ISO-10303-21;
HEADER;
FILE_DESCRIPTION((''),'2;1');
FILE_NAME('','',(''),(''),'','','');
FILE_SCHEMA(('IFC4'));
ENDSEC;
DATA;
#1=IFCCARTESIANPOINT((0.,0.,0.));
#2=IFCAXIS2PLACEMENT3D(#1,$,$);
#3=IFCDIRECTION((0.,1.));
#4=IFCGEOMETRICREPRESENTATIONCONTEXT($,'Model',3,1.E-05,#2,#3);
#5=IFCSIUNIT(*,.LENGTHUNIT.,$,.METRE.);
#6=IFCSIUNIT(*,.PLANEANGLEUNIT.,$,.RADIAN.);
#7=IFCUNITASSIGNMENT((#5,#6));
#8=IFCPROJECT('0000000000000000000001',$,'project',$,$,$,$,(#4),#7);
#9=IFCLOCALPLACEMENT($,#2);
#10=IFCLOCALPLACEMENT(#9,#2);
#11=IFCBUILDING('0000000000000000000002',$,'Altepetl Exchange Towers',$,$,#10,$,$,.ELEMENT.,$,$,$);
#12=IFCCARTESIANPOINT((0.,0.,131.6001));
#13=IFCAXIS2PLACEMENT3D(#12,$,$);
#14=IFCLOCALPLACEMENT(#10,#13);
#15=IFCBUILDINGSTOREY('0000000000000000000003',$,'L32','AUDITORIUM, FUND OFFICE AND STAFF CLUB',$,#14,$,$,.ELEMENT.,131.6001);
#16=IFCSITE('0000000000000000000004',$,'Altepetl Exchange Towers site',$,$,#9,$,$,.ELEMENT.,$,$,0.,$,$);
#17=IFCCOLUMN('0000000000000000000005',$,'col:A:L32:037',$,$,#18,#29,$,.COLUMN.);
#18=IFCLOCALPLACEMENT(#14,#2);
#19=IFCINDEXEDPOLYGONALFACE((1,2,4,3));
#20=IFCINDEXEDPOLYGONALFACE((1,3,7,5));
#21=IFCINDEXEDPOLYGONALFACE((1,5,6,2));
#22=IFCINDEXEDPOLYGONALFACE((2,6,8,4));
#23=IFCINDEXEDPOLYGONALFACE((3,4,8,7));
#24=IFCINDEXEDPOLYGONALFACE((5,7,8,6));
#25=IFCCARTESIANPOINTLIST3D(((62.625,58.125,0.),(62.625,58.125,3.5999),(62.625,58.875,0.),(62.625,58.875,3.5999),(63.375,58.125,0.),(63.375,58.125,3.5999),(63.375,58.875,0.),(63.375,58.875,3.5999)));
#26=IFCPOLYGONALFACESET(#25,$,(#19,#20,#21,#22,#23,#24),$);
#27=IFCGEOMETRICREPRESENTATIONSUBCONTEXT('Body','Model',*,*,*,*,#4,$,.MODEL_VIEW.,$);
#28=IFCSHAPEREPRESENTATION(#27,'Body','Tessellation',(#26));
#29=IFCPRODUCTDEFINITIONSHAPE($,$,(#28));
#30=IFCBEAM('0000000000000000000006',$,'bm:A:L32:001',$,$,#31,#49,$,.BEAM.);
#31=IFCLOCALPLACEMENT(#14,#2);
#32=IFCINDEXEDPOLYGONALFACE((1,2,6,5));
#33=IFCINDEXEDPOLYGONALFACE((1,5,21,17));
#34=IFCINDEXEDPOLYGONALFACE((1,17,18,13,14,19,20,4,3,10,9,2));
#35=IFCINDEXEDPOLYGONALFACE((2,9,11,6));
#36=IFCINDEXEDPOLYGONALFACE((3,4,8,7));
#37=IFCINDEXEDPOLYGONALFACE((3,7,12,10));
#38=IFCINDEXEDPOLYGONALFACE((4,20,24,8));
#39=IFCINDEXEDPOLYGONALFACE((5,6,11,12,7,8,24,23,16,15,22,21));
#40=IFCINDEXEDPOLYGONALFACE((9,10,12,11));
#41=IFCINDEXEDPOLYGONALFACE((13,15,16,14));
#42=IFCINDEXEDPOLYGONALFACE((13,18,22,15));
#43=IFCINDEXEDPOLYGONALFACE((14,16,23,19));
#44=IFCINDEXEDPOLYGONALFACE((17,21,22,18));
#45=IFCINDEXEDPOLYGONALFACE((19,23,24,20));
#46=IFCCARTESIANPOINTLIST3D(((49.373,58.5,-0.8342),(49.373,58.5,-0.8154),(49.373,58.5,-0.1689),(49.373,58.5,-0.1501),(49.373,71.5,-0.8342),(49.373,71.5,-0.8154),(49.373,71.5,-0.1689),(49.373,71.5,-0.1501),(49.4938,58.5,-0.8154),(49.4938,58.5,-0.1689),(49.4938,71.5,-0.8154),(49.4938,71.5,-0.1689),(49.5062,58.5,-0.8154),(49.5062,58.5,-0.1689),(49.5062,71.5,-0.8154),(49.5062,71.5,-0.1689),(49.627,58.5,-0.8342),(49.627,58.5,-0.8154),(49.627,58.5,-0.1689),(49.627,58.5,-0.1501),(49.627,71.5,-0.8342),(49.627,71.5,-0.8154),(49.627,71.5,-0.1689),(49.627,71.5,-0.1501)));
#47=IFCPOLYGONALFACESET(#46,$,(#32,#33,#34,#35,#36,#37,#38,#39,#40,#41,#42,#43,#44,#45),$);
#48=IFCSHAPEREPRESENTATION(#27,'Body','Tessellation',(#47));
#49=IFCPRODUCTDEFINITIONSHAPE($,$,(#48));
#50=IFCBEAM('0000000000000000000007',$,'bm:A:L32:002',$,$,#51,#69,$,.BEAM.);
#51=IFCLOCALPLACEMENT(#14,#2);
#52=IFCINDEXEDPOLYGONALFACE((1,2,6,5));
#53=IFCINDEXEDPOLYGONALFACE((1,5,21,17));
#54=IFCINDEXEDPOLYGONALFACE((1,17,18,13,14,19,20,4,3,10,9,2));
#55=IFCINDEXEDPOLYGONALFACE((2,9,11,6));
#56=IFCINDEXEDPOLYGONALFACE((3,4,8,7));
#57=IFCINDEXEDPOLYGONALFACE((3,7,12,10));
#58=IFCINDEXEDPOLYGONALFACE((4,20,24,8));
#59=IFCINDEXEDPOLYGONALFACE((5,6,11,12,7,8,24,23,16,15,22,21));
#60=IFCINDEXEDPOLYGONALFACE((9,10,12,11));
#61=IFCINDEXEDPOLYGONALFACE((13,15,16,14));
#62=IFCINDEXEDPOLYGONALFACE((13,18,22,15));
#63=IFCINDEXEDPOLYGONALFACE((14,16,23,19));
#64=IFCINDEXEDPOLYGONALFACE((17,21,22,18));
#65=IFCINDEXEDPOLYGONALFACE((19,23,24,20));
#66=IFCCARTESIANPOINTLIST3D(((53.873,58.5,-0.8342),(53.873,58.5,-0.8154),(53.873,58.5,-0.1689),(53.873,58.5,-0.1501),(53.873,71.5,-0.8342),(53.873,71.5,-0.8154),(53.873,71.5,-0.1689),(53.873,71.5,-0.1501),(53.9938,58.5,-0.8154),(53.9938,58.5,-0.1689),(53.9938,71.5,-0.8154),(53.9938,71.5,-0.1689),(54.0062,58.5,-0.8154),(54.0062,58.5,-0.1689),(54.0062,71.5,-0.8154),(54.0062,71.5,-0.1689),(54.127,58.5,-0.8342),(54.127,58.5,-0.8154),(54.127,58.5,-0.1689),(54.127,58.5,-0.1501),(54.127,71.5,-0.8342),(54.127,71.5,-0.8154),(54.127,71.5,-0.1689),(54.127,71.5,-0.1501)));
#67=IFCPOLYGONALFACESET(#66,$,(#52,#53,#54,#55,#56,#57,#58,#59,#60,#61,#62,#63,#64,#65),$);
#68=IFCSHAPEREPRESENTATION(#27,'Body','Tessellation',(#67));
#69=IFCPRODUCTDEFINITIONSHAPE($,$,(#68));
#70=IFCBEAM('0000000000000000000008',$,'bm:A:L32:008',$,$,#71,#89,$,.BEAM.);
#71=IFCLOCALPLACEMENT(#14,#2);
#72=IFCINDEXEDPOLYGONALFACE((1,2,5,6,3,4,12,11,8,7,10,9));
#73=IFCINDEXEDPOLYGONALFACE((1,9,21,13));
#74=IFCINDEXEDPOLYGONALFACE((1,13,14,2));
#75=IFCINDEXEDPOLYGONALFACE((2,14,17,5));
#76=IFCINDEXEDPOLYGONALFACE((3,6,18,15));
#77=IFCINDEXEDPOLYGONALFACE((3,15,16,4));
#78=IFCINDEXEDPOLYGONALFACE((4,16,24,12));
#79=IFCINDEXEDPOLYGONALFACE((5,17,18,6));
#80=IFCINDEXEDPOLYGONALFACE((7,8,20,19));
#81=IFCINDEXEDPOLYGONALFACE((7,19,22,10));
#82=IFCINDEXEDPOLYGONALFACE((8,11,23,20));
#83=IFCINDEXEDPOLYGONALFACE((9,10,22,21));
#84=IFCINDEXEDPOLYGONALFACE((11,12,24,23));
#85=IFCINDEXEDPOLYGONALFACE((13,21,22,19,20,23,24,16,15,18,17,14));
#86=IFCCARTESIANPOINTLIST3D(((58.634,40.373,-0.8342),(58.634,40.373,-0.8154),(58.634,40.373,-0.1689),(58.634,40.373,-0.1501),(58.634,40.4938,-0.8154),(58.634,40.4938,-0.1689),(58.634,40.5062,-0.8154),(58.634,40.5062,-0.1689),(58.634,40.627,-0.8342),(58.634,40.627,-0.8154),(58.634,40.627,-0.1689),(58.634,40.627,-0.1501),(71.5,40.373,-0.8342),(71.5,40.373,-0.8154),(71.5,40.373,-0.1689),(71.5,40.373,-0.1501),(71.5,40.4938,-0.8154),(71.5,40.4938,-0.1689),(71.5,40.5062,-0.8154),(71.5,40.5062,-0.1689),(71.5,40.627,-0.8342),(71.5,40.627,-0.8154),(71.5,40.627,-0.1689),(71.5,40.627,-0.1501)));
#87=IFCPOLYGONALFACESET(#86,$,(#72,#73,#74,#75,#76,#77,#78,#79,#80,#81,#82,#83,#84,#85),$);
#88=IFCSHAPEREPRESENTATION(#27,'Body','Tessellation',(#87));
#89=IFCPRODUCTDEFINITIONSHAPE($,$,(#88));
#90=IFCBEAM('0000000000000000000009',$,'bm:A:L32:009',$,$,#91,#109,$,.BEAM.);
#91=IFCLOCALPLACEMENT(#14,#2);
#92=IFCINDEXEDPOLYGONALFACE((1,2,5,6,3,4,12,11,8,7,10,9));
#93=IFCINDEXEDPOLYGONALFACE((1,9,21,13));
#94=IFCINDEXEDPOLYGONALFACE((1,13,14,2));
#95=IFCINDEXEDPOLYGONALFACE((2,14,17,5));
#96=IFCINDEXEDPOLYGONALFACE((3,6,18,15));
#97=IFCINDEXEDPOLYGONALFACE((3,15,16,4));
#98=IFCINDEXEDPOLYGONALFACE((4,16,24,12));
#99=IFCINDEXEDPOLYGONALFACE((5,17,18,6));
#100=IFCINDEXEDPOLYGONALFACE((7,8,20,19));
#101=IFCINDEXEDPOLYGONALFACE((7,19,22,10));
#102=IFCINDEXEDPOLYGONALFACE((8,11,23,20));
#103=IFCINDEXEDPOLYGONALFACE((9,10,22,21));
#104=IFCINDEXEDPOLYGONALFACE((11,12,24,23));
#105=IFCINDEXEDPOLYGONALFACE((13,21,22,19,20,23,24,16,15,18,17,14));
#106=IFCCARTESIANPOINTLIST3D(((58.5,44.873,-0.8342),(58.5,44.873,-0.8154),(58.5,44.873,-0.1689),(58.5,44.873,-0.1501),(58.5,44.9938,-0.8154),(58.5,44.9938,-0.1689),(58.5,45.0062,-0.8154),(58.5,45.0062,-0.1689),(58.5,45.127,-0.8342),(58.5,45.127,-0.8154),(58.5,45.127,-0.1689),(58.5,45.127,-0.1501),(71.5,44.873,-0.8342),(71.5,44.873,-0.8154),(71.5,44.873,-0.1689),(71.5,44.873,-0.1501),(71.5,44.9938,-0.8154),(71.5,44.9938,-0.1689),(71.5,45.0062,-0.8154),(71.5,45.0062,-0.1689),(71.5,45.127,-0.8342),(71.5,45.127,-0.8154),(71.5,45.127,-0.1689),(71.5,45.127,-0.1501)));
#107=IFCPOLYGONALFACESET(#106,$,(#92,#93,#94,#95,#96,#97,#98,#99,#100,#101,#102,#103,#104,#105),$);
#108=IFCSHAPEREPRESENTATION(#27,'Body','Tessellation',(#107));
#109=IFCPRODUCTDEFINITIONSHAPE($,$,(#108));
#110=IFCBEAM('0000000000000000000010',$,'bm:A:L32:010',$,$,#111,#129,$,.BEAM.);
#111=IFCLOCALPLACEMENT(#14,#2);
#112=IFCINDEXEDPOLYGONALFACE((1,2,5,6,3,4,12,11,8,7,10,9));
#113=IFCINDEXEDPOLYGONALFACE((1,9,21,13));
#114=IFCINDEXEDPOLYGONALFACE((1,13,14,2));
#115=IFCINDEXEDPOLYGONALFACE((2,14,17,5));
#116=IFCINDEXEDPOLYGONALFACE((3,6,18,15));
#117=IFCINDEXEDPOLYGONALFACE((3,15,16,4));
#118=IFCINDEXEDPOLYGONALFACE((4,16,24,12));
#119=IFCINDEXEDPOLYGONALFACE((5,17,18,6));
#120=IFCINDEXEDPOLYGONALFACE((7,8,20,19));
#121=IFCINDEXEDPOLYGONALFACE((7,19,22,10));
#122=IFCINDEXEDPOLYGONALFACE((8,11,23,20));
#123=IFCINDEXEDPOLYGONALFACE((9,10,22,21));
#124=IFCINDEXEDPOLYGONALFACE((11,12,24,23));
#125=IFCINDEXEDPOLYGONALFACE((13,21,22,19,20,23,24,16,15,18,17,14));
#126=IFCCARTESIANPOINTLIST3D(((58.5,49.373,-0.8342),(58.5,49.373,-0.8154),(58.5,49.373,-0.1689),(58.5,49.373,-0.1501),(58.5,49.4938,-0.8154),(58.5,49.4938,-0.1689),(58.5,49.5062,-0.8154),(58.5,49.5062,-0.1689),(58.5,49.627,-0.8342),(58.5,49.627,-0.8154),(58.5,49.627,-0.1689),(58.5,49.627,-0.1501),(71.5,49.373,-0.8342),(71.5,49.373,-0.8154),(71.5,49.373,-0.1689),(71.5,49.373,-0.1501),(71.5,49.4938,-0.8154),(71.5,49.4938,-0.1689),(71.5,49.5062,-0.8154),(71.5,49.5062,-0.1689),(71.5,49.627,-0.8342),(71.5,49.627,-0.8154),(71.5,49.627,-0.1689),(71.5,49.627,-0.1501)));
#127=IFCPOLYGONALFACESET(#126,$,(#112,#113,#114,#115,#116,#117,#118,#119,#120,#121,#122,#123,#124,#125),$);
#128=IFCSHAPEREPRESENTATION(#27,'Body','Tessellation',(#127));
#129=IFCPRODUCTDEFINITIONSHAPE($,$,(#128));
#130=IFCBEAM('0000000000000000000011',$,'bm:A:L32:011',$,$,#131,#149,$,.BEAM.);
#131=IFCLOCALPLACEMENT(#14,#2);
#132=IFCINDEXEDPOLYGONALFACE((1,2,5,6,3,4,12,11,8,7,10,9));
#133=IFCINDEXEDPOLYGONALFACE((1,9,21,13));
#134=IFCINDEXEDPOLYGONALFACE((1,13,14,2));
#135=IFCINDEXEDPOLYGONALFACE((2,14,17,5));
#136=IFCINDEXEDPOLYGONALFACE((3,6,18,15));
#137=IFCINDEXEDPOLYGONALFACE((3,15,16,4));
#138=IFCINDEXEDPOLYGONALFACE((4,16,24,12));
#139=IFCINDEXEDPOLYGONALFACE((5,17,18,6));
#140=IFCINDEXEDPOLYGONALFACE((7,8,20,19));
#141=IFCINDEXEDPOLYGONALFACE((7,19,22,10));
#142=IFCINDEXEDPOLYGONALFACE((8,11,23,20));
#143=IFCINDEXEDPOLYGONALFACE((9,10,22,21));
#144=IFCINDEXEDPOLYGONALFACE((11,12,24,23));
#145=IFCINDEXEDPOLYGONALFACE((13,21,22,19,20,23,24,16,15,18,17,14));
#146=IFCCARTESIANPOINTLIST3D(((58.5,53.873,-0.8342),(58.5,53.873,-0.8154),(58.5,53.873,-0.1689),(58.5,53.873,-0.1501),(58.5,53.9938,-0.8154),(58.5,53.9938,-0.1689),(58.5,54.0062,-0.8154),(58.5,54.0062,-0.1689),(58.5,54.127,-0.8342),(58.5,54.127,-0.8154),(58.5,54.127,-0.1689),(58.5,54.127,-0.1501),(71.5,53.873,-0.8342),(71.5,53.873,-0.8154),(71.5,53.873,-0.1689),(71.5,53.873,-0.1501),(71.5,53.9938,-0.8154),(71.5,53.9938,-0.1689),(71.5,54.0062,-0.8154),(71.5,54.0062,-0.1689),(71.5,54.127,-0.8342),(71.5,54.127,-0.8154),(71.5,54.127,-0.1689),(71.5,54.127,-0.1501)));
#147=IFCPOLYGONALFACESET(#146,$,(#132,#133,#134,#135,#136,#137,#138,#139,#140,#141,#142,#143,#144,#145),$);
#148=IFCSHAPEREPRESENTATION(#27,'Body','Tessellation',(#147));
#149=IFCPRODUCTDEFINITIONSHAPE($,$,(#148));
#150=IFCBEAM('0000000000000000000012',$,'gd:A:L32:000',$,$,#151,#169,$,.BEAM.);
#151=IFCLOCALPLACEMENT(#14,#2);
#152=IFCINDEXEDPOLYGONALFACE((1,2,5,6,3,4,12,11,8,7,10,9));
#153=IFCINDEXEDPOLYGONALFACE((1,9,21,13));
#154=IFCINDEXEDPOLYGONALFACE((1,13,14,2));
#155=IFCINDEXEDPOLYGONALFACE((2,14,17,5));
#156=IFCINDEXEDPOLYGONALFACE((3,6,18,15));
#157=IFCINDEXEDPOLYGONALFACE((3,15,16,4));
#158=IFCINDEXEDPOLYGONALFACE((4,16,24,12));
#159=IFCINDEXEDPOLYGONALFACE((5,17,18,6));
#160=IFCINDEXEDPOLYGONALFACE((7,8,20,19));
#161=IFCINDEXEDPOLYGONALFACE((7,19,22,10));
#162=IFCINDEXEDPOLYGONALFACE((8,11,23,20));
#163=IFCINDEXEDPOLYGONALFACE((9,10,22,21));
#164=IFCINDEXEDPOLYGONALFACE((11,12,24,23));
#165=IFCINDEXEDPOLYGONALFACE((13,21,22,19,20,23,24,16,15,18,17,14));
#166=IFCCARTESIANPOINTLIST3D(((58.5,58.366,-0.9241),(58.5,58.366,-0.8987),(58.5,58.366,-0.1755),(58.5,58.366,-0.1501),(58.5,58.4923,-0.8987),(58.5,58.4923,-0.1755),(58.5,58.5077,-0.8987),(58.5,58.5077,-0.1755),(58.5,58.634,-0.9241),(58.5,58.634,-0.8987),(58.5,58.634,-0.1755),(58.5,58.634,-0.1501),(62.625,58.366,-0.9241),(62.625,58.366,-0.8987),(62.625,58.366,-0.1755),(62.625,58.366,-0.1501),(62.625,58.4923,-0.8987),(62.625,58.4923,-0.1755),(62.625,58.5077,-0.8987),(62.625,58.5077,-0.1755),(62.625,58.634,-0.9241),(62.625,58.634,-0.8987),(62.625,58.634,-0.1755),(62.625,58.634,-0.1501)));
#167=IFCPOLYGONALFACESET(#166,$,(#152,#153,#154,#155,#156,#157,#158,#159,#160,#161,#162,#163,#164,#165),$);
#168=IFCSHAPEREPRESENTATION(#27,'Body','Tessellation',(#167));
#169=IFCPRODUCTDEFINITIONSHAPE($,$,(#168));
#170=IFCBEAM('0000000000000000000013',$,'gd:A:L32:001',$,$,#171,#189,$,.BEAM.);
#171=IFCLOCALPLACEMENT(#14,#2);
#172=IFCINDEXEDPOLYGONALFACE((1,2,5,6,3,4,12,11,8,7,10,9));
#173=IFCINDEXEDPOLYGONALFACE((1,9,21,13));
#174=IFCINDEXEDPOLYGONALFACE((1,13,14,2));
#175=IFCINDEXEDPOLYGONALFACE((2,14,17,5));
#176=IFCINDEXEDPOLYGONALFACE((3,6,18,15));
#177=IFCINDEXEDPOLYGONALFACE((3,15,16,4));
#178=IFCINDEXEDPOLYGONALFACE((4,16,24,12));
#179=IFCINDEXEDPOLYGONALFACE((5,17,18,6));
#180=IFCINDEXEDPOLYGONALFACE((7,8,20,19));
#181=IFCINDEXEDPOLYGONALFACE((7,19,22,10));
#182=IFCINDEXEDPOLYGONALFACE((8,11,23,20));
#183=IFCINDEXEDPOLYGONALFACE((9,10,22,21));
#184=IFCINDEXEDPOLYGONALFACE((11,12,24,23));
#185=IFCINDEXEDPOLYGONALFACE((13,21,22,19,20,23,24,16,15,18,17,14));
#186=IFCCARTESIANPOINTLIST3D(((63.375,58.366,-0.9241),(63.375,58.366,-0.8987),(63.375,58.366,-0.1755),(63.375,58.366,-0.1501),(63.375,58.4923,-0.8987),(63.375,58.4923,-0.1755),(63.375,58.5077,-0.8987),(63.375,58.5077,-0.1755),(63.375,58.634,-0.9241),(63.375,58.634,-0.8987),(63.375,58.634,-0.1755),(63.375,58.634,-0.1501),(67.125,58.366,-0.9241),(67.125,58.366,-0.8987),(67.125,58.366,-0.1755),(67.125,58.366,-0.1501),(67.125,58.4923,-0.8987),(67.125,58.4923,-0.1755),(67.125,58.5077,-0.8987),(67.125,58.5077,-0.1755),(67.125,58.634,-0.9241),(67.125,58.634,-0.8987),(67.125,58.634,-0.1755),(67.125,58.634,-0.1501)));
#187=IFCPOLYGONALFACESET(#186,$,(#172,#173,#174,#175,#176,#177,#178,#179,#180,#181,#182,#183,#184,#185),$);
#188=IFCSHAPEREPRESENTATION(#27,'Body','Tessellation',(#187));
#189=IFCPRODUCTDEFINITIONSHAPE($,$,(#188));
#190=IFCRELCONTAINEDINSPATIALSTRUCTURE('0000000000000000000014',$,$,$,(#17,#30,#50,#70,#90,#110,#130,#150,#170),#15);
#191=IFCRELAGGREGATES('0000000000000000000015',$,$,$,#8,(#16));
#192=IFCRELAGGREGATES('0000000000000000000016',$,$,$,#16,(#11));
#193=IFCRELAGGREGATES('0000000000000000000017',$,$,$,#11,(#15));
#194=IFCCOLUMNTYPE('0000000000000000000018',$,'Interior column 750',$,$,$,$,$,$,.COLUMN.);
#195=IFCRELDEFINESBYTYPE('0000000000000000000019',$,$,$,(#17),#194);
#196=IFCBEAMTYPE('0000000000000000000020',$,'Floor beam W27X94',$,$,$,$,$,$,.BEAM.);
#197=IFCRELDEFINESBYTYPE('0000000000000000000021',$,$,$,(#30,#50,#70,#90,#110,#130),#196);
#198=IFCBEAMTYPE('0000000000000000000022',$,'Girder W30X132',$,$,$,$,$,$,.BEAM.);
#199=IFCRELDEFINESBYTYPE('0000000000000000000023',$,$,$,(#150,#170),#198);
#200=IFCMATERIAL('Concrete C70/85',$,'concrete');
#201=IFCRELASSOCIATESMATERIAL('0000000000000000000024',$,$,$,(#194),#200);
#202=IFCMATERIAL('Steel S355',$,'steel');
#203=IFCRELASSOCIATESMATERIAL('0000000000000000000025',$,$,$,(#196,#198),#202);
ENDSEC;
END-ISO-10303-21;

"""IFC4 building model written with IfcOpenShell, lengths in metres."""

from ifc_helpers import new_model, si_unit, direction, frame, origin, origin_2d, place, context, subcontext, project, spatial, rectangle, i_section, extrude, material, material_profile, profile_set, type_object, element, save


model = new_model("IFC4")

# Units and contexts
model_context = context("Model", 3, precision=1e-05, world=origin(), true_north=direction((0.0, 1.0)))
body_context = subcontext(model_context, "Body", "Model", "MODEL_VIEW")
ifc_project = project(units=[si_unit("LENGTHUNIT", "METRE"), si_unit("PLANEANGLEUNIT", "RADIAN")], contexts=[model_context])

# Site, building, storey
site_placement = place(None, origin())
site = spatial("IfcSite", under=ifc_project, at=site_placement, Name="Altepetl Exchange Towers site", CompositionType="ELEMENT", RefElevation=0.0)
building_placement = place(site_placement, origin())
building = spatial("IfcBuilding", under=site, at=building_placement, Name="Altepetl Exchange Towers", CompositionType="ELEMENT")
storey_placement = place(building_placement, frame((0.0, 0.0, 131.6001)))
storey = spatial("IfcBuildingStorey", under=building, at=storey_placement, Name="L32", Description="AUDITORIUM, FUND OFFICE AND STAFF CLUB", CompositionType="ELEMENT", Elevation=131.6001)

# Column
ifc_material_1 = material(Name="Concrete C70/85", Category="concrete")
ifc_material_profile_1 = material_profile(ifc_material_1, rectangle(XDim=0.75, YDim=0.75, at=origin_2d()), Name="750 x 750")
ifc_profile_set_1 = profile_set([ifc_material_profile_1], Name="Concrete C70/85")
column_type = type_object("IfcColumnType", Name="Interior column 750", PredefinedType="COLUMN", material=ifc_profile_set_1)
column_placement = place(storey_placement, frame((63.0, 58.5, 0.0)))
element("IfcColumn", 1, at=column_placement, inside=storey, type_object=column_type, Name="col:A:L32:037", PredefinedType="COLUMN", context=body_context, shape_type="SweptSolid", body=[
    extrude(rectangle(XDim=0.75, YDim=0.75, at=origin_2d()), origin(), (0.0, 0.0, 1.0), 3.5999),
])

# Beams
ifc_material_2 = material(Name="Steel S355", Category="steel")
ifc_material_profile_2 = material_profile(ifc_material_2, i_section(OverallWidth=0.2539, OverallDepth=0.6841, WebThickness=0.0125, FlangeThickness=0.0188, at=origin_2d()), Name="W27X94")
ifc_profile_set_2 = profile_set([ifc_material_profile_2], Name="Steel S355")
beam_type_1 = type_object("IfcBeamType", Name="Floor beam W27X94", PredefinedType="BEAM", material=ifc_profile_set_2)
for number, where, z_axis, x_axis, name in (
    (2, (49.5, 58.5, -0.4922), (0.0, 1.0, 0.0), (-1.0, 0.0, 0.0), "bm:A:L32:001"),
    (3, (54.0, 58.5, -0.4922), (0.0, 1.0, 0.0), (-1.0, 0.0, 0.0), "bm:A:L32:002"),
):
    element("IfcBeam", number, at=place(storey_placement, frame(where, z_axis=z_axis, x_axis=x_axis)), inside=storey, type_object=beam_type_1, Name=name, PredefinedType="BEAM", context=body_context, shape_type="SweptSolid", body=[
        extrude(i_section(OverallWidth=0.2539, OverallDepth=0.6841, WebThickness=0.0125, FlangeThickness=0.0188, at=origin_2d()), origin(), (0.0, 0.0, 1.0), 13.0),
    ])
beam_1_placement = place(storey_placement, frame((58.634, 40.5, -0.4922), z_axis=(1.0, 0.0, 0.0), x_axis=(0.0, 1.0, 0.0)))
element("IfcBeam", 4, at=beam_1_placement, inside=storey, type_object=beam_type_1, Name="bm:A:L32:008", PredefinedType="BEAM", context=body_context, shape_type="SweptSolid", body=[
    extrude(i_section(OverallWidth=0.2539, OverallDepth=0.6841, WebThickness=0.0125, FlangeThickness=0.0188, at=origin_2d()), origin(), (0.0, 0.0, 1.0), 12.866),
])
for number, where, z_axis, x_axis, name in (
    (5, (58.5, 45.0, -0.4922), (1.0, 0.0, 0.0), (0.0, 1.0, 0.0), "bm:A:L32:009"),
    (6, (58.5, 49.5, -0.4922), (1.0, 0.0, 0.0), (0.0, 1.0, 0.0), "bm:A:L32:010"),
    (7, (58.5, 54.0, -0.4922), (1.0, 0.0, 0.0), (0.0, 1.0, 0.0), "bm:A:L32:011"),
):
    element("IfcBeam", number, at=place(storey_placement, frame(where, z_axis=z_axis, x_axis=x_axis)), inside=storey, type_object=beam_type_1, Name=name, PredefinedType="BEAM", context=body_context, shape_type="SweptSolid", body=[
        extrude(i_section(OverallWidth=0.2539, OverallDepth=0.6841, WebThickness=0.0125, FlangeThickness=0.0188, at=origin_2d()), origin(), (0.0, 0.0, 1.0), 13.0),
    ])
ifc_material_profile_3 = material_profile(ifc_material_2, i_section(OverallWidth=0.2681, OverallDepth=0.7739, WebThickness=0.0154, FlangeThickness=0.0254, at=origin_2d()), Name="W30X132")
ifc_profile_set_3 = profile_set([ifc_material_profile_3], Name="Steel S355")
beam_type_2 = type_object("IfcBeamType", Name="Girder W30X132", PredefinedType="BEAM", material=ifc_profile_set_3)
beam_2_placement = place(storey_placement, frame((58.5, 58.5, -0.5371), z_axis=(1.0, 0.0, 0.0), x_axis=(0.0, 1.0, 0.0)))
element("IfcBeam", 8, at=beam_2_placement, inside=storey, type_object=beam_type_2, Name="gd:A:L32:000", PredefinedType="BEAM", context=body_context, shape_type="SweptSolid", body=[
    extrude(i_section(OverallWidth=0.2681, OverallDepth=0.7739, WebThickness=0.0154, FlangeThickness=0.0254, at=origin_2d()), origin(), (0.0, 0.0, 1.0), 4.125),
])
beam_3_placement = place(storey_placement, frame((63.375, 58.5, -0.5371), z_axis=(1.0, 0.0, 0.0), x_axis=(0.0, 1.0, 0.0)))
element("IfcBeam", 9, at=beam_3_placement, inside=storey, type_object=beam_type_2, Name="gd:A:L32:001", PredefinedType="BEAM", context=body_context, shape_type="SweptSolid", body=[
    extrude(i_section(OverallWidth=0.2681, OverallDepth=0.7739, WebThickness=0.0154, FlangeThickness=0.0254, at=origin_2d()), origin(), (0.0, 0.0, 1.0), 3.75),
])

save(model, "model.ifc")
